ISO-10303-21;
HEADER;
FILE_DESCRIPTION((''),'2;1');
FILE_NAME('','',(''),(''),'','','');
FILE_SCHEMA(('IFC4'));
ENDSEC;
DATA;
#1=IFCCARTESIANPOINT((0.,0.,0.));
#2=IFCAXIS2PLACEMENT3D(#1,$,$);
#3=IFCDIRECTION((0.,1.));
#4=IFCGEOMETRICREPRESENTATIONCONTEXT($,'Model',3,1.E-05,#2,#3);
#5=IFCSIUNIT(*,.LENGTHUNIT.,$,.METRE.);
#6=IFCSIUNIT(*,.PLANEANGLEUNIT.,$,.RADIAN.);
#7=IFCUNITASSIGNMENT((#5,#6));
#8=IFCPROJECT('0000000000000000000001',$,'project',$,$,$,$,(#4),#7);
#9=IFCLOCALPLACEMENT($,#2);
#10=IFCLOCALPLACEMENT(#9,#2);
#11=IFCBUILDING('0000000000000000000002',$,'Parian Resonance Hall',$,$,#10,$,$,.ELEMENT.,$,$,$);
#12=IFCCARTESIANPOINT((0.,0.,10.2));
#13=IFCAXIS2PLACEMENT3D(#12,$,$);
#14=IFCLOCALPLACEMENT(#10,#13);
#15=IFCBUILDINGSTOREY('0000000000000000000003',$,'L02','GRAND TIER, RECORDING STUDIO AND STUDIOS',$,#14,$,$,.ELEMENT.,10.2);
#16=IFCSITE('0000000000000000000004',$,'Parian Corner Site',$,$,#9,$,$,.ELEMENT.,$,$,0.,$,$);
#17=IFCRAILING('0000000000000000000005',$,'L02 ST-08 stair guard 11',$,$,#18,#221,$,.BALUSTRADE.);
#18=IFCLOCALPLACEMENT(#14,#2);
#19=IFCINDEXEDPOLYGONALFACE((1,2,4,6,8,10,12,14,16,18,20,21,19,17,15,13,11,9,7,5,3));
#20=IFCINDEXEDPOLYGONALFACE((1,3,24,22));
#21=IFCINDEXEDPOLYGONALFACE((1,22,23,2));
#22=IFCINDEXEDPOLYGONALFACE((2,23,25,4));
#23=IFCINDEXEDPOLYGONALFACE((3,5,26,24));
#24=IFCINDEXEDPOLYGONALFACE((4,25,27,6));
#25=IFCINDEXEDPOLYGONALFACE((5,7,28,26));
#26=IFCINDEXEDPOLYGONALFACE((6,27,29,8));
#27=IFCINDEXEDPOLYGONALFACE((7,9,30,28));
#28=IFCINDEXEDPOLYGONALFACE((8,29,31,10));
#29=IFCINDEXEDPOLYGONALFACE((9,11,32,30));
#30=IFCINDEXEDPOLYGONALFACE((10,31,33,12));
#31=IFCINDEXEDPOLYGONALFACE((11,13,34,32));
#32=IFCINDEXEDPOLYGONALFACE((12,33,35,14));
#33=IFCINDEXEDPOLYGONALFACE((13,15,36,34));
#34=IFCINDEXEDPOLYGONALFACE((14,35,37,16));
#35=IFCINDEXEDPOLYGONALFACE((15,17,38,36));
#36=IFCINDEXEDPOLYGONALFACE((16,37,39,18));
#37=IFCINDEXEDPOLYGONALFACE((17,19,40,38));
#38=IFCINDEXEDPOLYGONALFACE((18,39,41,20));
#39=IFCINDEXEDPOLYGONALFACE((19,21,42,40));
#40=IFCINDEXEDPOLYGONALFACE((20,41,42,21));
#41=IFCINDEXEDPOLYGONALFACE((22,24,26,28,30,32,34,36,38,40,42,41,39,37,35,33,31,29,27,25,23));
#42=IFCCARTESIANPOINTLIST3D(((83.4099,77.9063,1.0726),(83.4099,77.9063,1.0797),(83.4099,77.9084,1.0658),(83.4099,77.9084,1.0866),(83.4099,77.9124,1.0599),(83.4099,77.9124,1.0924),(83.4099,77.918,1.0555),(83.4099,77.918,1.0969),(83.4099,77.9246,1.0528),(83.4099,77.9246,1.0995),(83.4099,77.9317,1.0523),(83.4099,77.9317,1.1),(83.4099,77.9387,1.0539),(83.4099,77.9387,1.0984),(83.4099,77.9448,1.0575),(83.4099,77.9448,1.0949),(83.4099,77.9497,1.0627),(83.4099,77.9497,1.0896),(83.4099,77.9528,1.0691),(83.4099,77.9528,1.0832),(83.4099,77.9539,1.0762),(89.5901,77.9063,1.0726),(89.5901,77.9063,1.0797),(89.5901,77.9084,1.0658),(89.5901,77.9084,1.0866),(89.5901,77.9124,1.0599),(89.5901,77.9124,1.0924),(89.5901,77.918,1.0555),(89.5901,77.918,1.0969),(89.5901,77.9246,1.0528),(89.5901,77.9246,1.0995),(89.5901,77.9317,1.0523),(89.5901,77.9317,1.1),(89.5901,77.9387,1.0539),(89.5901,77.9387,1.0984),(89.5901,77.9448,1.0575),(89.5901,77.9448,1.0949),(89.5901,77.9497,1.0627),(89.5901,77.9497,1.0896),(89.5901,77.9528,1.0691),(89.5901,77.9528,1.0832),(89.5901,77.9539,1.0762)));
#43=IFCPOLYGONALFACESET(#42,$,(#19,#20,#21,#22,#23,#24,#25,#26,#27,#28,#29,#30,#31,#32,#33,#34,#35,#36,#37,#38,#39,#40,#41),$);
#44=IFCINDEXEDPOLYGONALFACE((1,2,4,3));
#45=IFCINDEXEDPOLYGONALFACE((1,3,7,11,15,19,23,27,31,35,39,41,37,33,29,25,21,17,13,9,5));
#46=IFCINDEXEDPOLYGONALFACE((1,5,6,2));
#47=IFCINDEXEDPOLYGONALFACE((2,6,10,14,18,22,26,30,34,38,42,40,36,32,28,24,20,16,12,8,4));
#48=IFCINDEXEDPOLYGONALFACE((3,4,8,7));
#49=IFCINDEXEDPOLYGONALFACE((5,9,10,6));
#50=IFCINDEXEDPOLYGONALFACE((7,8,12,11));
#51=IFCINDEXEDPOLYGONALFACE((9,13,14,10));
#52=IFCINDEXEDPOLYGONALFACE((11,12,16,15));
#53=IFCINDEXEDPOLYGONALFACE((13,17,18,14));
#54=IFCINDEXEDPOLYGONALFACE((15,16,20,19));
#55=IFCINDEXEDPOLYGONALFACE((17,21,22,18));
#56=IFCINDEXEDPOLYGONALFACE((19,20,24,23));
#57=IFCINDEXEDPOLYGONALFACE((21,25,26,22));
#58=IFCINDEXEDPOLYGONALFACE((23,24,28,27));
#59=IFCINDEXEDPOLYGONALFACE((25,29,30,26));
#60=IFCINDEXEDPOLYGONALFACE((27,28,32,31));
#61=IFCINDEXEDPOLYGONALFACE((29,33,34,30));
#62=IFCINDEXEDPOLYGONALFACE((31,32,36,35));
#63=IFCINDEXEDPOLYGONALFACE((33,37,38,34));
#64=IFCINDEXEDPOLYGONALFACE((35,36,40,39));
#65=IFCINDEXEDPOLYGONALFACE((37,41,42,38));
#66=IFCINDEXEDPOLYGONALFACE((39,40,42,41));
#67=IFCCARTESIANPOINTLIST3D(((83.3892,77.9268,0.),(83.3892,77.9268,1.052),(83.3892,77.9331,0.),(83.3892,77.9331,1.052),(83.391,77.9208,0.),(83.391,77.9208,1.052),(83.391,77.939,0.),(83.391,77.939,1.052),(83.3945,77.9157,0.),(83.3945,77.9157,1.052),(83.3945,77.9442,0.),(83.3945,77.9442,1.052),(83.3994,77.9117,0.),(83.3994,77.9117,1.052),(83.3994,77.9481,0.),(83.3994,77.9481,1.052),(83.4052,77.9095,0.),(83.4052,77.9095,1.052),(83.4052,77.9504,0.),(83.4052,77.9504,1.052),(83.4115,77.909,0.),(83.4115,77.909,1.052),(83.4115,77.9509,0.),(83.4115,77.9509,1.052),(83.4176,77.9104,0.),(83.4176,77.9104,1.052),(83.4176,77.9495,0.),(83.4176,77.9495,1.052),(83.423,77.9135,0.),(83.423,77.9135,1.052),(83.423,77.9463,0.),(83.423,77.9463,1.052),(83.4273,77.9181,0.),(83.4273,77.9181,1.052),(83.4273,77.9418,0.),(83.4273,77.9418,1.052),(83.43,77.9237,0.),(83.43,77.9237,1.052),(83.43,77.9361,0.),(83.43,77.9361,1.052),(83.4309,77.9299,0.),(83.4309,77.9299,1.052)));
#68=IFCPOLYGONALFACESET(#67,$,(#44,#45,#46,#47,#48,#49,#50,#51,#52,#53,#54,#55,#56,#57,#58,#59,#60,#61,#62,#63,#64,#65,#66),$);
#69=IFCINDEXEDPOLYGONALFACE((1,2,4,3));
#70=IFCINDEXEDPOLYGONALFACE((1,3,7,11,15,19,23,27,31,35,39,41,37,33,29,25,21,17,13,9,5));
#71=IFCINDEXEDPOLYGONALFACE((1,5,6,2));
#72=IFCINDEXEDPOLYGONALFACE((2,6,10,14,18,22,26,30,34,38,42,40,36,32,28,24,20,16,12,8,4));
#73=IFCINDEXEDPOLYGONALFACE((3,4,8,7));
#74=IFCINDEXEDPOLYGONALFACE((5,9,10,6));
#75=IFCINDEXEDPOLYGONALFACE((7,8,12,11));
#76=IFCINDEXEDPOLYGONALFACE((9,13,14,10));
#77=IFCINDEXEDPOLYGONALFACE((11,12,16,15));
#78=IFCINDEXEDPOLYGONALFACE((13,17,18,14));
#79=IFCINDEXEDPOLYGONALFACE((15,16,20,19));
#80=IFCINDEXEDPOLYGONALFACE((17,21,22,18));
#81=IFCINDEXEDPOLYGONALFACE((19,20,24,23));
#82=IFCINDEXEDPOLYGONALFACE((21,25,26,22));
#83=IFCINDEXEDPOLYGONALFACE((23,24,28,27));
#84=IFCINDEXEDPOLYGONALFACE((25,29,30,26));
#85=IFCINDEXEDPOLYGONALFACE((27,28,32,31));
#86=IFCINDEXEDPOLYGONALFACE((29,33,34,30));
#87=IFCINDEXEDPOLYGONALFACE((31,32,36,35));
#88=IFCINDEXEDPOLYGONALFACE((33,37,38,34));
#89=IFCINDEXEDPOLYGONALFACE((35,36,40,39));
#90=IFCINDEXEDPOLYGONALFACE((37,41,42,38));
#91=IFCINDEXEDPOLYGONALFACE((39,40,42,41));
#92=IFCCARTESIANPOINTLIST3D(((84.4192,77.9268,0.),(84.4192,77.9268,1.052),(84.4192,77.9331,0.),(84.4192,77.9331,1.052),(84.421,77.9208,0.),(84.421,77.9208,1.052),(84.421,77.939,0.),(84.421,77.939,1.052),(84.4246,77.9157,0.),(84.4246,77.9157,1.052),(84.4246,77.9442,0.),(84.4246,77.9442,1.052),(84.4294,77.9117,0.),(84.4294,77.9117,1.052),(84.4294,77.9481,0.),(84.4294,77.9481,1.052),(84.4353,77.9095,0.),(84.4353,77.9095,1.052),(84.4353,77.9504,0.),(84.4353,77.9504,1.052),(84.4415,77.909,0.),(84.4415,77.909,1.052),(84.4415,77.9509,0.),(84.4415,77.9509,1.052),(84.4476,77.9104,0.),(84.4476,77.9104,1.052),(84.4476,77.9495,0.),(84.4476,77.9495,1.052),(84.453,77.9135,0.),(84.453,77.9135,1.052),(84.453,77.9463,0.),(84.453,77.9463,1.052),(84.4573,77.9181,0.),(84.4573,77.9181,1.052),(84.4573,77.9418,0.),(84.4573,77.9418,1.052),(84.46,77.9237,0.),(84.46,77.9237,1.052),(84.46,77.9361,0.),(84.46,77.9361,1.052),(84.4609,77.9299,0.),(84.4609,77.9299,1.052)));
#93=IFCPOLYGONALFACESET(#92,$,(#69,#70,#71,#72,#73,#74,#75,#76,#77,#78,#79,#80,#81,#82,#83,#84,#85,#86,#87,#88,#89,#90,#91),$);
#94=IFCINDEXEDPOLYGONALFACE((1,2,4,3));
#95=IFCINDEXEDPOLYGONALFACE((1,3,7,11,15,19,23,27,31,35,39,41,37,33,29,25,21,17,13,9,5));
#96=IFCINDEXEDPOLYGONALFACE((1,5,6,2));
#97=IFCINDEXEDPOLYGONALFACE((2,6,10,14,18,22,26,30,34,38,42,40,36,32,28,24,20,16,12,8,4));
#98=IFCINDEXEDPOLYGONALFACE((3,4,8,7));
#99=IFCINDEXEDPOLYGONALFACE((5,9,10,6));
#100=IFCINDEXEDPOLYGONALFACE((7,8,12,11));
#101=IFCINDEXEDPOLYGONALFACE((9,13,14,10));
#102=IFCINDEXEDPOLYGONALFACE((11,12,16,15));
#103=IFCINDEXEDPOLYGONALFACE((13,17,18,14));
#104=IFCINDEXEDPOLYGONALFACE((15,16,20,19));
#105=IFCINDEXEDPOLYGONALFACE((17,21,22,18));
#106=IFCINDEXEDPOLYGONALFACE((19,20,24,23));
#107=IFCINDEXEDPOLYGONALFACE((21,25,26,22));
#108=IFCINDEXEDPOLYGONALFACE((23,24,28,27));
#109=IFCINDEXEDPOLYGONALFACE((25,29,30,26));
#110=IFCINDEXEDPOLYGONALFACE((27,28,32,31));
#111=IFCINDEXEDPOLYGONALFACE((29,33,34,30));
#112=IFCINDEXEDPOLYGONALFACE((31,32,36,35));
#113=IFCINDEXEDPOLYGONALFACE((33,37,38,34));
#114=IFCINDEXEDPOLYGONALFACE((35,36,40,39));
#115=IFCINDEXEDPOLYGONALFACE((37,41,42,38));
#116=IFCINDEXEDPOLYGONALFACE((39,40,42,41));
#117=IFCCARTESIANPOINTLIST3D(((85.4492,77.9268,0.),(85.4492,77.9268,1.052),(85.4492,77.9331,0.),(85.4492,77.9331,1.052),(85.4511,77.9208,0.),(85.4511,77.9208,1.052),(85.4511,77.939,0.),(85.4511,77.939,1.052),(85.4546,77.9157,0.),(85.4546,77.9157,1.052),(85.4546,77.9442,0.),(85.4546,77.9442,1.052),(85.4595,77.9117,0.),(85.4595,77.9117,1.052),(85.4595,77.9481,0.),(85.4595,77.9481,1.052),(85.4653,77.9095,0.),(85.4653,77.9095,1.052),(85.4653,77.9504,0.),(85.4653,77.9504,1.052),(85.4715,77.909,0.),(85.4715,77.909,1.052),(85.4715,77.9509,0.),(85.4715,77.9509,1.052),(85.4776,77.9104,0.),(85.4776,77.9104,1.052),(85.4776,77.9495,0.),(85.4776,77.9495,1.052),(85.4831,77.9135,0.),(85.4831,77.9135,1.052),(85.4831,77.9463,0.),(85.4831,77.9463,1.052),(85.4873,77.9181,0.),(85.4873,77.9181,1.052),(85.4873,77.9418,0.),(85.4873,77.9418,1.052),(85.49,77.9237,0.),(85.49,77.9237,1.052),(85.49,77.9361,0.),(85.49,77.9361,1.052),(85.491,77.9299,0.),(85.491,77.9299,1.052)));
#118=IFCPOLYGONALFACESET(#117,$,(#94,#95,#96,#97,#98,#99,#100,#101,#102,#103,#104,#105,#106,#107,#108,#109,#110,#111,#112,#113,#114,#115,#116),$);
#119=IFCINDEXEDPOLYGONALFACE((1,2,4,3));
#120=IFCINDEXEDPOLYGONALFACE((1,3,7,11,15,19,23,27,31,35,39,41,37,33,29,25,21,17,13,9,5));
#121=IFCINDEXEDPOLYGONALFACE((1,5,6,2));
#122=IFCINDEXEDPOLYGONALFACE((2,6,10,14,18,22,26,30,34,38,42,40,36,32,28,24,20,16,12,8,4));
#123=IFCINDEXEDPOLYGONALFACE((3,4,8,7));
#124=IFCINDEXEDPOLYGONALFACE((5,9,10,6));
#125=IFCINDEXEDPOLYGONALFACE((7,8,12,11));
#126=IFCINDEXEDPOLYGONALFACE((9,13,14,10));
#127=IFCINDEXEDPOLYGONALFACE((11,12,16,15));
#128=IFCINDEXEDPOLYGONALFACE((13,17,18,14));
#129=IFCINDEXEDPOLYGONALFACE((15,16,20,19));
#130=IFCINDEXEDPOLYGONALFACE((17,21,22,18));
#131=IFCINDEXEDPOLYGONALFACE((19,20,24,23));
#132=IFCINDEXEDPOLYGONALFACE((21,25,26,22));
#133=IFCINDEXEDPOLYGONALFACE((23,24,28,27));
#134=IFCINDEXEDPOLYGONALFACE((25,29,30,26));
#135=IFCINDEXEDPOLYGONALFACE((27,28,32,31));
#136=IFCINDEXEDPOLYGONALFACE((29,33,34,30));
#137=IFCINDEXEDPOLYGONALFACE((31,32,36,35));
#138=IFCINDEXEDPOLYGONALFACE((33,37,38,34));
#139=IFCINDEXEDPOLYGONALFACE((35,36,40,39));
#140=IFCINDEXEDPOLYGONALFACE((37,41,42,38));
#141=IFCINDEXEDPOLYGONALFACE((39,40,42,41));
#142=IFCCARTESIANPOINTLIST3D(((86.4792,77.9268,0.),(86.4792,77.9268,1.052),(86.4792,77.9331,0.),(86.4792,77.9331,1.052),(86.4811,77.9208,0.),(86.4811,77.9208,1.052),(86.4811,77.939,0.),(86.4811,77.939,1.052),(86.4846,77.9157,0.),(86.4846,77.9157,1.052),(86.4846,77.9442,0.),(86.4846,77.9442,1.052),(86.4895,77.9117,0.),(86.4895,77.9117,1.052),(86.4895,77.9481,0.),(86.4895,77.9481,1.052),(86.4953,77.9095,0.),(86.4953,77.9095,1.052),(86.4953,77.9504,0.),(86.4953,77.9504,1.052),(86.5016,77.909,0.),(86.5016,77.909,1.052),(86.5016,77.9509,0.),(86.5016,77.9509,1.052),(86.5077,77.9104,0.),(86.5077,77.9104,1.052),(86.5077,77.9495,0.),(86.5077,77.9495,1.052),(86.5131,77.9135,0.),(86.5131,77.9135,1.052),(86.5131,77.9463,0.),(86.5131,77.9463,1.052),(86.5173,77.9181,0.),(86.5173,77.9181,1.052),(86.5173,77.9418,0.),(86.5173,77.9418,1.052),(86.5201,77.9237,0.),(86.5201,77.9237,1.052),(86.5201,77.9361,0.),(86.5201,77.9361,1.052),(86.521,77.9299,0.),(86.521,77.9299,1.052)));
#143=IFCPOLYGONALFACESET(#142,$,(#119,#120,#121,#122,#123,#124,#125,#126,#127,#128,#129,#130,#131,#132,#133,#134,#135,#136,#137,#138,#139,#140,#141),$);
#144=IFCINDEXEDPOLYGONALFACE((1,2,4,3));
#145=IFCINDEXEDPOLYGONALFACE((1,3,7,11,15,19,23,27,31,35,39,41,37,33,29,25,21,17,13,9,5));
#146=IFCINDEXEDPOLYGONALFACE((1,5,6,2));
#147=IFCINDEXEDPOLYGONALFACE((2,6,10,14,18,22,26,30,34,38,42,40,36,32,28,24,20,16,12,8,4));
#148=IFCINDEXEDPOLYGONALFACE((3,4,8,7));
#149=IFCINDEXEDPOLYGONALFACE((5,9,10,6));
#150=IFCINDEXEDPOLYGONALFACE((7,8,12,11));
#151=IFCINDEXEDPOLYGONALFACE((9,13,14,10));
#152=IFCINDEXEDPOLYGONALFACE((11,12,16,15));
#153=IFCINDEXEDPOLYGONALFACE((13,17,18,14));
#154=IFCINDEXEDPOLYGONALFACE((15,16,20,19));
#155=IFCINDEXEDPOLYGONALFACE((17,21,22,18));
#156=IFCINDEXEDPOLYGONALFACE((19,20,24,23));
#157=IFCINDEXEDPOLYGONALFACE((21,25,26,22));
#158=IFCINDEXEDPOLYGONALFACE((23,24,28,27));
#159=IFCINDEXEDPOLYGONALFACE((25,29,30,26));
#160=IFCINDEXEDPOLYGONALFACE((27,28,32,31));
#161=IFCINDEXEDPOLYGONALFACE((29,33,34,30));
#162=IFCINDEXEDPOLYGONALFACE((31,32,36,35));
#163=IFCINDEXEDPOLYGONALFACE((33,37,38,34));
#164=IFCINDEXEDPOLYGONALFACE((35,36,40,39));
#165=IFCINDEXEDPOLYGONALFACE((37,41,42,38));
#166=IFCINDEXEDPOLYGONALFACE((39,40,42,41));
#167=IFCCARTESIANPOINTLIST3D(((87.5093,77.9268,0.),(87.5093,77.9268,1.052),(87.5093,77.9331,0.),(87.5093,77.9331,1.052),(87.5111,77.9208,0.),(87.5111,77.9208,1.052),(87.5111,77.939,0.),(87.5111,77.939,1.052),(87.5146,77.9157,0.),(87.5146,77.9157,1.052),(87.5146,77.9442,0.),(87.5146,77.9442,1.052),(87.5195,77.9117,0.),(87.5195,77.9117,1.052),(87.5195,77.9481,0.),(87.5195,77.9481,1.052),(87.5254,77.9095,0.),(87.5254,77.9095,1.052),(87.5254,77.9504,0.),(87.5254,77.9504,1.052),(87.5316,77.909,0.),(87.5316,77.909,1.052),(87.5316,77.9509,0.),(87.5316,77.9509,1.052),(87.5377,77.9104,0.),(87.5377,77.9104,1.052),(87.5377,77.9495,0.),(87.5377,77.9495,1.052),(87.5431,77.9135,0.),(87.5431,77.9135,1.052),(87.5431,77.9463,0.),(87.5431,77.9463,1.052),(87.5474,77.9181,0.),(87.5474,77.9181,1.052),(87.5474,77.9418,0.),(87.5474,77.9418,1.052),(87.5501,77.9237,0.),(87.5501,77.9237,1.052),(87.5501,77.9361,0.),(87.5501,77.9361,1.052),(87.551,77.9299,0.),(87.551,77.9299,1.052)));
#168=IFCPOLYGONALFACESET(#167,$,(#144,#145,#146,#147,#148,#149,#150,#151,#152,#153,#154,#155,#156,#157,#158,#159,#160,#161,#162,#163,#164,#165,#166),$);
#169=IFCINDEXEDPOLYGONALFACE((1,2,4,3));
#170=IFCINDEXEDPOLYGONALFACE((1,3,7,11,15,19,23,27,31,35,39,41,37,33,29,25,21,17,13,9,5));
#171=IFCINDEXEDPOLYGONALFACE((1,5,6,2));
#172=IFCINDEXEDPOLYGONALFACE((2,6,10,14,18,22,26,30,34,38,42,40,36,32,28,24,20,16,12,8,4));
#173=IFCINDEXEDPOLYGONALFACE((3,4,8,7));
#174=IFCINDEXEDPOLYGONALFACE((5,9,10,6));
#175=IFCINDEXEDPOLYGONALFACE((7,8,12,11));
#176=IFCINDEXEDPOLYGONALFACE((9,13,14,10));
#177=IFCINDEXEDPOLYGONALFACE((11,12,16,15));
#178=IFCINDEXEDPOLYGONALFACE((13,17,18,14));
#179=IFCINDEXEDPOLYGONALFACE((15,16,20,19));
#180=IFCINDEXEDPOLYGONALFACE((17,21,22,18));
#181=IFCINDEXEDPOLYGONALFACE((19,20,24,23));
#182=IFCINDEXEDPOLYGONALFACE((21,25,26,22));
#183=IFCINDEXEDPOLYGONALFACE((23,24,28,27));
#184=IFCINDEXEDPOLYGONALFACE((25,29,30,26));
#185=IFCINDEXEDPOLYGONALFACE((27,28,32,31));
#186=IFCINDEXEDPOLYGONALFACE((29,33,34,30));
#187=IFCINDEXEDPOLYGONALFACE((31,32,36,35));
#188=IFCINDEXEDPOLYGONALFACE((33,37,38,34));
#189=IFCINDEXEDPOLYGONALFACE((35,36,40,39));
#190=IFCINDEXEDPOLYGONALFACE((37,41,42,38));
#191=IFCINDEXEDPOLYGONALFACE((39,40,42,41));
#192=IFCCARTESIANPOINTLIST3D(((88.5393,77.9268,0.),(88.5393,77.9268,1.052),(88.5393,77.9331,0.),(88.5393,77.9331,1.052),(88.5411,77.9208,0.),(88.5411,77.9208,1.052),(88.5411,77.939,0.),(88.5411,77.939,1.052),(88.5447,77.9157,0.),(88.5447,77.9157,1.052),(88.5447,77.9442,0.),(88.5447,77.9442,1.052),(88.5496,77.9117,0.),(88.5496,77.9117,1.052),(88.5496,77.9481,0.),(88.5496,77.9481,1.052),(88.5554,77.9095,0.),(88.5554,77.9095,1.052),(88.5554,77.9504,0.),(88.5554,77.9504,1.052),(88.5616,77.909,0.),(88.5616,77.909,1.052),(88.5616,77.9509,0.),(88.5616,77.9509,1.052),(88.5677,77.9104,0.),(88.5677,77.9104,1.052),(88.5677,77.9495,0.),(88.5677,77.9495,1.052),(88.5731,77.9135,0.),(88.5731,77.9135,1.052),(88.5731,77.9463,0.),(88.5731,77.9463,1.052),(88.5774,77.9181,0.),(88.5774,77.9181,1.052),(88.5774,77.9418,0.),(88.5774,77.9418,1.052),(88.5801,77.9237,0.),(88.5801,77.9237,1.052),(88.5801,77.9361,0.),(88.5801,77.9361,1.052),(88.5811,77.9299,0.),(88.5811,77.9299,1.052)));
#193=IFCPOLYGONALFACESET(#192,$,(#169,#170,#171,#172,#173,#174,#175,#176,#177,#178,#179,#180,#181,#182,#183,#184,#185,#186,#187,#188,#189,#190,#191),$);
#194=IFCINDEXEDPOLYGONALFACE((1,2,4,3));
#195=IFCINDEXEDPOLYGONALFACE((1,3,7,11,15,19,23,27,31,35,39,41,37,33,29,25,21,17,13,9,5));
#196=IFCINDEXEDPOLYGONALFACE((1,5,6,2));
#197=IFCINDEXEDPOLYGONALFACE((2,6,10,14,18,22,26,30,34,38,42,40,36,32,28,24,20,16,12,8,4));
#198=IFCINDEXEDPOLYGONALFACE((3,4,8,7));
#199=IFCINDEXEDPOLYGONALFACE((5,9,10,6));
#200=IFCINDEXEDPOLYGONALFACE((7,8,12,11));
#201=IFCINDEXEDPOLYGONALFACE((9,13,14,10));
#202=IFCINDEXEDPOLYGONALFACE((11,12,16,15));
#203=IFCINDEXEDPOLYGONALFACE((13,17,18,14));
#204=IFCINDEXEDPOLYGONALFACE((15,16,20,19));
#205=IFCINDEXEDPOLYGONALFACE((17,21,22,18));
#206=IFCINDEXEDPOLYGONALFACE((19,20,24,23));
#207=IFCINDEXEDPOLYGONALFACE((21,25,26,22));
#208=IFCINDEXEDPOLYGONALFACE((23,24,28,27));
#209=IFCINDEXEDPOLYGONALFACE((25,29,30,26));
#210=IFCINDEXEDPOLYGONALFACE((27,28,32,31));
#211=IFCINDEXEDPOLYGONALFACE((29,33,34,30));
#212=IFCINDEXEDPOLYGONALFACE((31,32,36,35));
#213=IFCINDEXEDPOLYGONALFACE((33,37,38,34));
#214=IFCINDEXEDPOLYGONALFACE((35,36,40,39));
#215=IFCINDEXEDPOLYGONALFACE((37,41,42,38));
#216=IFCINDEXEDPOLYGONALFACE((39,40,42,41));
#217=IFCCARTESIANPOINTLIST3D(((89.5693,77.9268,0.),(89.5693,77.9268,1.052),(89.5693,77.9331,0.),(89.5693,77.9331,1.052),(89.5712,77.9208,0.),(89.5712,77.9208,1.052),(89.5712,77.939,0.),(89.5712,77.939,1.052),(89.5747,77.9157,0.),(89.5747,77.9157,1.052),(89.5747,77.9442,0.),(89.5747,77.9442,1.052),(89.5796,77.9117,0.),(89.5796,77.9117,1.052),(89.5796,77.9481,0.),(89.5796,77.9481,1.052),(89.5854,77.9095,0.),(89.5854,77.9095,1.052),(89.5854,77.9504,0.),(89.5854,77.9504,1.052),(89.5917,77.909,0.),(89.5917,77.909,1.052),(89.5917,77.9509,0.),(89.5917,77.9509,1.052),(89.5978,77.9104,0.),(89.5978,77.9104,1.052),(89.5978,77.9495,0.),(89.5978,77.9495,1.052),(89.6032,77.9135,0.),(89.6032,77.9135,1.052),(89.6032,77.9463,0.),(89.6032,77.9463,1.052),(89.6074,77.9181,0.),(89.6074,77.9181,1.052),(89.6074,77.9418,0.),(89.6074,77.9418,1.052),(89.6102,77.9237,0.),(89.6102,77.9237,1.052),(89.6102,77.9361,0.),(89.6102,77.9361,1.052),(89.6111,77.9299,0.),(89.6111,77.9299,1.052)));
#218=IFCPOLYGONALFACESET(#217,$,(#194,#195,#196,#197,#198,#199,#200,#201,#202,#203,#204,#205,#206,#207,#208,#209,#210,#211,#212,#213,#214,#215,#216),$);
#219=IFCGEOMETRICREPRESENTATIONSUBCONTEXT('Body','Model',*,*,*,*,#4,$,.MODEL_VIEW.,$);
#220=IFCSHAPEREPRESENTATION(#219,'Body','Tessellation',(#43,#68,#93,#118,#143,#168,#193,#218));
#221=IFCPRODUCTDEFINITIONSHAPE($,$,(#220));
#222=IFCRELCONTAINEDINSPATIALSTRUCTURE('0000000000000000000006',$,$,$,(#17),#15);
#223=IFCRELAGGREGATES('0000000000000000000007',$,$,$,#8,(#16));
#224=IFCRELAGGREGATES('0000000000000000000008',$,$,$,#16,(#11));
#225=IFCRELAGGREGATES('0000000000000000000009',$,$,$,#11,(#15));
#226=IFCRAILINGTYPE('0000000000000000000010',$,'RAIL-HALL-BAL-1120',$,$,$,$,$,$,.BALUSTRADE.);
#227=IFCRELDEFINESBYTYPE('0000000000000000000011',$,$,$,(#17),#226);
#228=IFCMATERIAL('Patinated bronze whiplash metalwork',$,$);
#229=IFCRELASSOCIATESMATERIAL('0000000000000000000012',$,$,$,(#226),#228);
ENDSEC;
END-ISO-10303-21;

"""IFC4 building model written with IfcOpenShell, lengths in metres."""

from ifc_helpers import new_model, si_unit, direction, frame, origin, origin_2d, place, context, subcontext, project, spatial, circle, extrude, material, type_object, element, save


model = new_model("IFC4")

# Units and contexts
model_context = context("Model", 3, precision=1e-05, world=origin(), true_north=direction((0.0, 1.0)))
body_context = subcontext(model_context, "Body", "Model", "MODEL_VIEW")
ifc_project = project(units=[si_unit("LENGTHUNIT", "METRE"), si_unit("PLANEANGLEUNIT", "RADIAN")], contexts=[model_context])

# Site, building, storey
site_placement = place(None, origin())
site = spatial("IfcSite", under=ifc_project, at=site_placement, Name="Parian Corner Site", CompositionType="ELEMENT", RefElevation=0.0)
building_placement = place(site_placement, origin())
building = spatial("IfcBuilding", under=site, at=building_placement, Name="Parian Resonance Hall", CompositionType="ELEMENT")
storey_placement = place(building_placement, frame((0.0, 0.0, 10.2)))
storey = spatial("IfcBuildingStorey", under=building, at=storey_placement, Name="L02", Description="GRAND TIER, RECORDING STUDIO AND STUDIOS", CompositionType="ELEMENT", Elevation=10.2)

# Railing
ifc_material_1 = material(Name="Patinated bronze whiplash metalwork")
railing_type_1 = type_object("IfcRailingType", Name="RAIL-HALL-BAL-1120", PredefinedType="BALUSTRADE", material=ifc_material_1)
railing_1_placement = place(storey_placement, frame((83.4099, 77.9299, 0.0)))
element("IfcRailing", 1, at=railing_1_placement, inside=storey, type_object=railing_type_1, Name="L02 ST-08 stair guard 11", PredefinedType="BALUSTRADE", context=body_context, shape_type="SweptSolid", body=[
    extrude(circle(Radius=0.0239, at=origin_2d()), frame((0.0, 0.0, 1.0762), z_axis=(1.0, 0.0, 0.0), x_axis=(0.0, 1.0, 0.0)), (0.0, 0.0, 1.0), 6.1802),
    extrude(circle(Radius=0.021, at=origin_2d()), origin(), (0.0, 0.0, 1.0), 1.052),
    extrude(circle(Radius=0.021, at=origin_2d()), frame((1.03, 0.0, 0.0)), (0.0, 0.0, 1.0), 1.052),
    extrude(circle(Radius=0.021, at=origin_2d()), frame((2.0601, 0.0, 0.0)), (0.0, 0.0, 1.0), 1.052),
    extrude(circle(Radius=0.021, at=origin_2d()), frame((3.0901, 0.0, 0.0)), (0.0, 0.0, 1.0), 1.052),
    extrude(circle(Radius=0.021, at=origin_2d()), frame((4.1201, 0.0, 0.0)), (0.0, 0.0, 1.0), 1.052),
    extrude(circle(Radius=0.021, at=origin_2d()), frame((5.1501, 0.0, 0.0)), (0.0, 0.0, 1.0), 1.052),
    extrude(circle(Radius=0.021, at=origin_2d()), frame((6.1802, 0.0, 0.0)), (0.0, 0.0, 1.0), 1.052),
])

save(model, "model.ifc")
